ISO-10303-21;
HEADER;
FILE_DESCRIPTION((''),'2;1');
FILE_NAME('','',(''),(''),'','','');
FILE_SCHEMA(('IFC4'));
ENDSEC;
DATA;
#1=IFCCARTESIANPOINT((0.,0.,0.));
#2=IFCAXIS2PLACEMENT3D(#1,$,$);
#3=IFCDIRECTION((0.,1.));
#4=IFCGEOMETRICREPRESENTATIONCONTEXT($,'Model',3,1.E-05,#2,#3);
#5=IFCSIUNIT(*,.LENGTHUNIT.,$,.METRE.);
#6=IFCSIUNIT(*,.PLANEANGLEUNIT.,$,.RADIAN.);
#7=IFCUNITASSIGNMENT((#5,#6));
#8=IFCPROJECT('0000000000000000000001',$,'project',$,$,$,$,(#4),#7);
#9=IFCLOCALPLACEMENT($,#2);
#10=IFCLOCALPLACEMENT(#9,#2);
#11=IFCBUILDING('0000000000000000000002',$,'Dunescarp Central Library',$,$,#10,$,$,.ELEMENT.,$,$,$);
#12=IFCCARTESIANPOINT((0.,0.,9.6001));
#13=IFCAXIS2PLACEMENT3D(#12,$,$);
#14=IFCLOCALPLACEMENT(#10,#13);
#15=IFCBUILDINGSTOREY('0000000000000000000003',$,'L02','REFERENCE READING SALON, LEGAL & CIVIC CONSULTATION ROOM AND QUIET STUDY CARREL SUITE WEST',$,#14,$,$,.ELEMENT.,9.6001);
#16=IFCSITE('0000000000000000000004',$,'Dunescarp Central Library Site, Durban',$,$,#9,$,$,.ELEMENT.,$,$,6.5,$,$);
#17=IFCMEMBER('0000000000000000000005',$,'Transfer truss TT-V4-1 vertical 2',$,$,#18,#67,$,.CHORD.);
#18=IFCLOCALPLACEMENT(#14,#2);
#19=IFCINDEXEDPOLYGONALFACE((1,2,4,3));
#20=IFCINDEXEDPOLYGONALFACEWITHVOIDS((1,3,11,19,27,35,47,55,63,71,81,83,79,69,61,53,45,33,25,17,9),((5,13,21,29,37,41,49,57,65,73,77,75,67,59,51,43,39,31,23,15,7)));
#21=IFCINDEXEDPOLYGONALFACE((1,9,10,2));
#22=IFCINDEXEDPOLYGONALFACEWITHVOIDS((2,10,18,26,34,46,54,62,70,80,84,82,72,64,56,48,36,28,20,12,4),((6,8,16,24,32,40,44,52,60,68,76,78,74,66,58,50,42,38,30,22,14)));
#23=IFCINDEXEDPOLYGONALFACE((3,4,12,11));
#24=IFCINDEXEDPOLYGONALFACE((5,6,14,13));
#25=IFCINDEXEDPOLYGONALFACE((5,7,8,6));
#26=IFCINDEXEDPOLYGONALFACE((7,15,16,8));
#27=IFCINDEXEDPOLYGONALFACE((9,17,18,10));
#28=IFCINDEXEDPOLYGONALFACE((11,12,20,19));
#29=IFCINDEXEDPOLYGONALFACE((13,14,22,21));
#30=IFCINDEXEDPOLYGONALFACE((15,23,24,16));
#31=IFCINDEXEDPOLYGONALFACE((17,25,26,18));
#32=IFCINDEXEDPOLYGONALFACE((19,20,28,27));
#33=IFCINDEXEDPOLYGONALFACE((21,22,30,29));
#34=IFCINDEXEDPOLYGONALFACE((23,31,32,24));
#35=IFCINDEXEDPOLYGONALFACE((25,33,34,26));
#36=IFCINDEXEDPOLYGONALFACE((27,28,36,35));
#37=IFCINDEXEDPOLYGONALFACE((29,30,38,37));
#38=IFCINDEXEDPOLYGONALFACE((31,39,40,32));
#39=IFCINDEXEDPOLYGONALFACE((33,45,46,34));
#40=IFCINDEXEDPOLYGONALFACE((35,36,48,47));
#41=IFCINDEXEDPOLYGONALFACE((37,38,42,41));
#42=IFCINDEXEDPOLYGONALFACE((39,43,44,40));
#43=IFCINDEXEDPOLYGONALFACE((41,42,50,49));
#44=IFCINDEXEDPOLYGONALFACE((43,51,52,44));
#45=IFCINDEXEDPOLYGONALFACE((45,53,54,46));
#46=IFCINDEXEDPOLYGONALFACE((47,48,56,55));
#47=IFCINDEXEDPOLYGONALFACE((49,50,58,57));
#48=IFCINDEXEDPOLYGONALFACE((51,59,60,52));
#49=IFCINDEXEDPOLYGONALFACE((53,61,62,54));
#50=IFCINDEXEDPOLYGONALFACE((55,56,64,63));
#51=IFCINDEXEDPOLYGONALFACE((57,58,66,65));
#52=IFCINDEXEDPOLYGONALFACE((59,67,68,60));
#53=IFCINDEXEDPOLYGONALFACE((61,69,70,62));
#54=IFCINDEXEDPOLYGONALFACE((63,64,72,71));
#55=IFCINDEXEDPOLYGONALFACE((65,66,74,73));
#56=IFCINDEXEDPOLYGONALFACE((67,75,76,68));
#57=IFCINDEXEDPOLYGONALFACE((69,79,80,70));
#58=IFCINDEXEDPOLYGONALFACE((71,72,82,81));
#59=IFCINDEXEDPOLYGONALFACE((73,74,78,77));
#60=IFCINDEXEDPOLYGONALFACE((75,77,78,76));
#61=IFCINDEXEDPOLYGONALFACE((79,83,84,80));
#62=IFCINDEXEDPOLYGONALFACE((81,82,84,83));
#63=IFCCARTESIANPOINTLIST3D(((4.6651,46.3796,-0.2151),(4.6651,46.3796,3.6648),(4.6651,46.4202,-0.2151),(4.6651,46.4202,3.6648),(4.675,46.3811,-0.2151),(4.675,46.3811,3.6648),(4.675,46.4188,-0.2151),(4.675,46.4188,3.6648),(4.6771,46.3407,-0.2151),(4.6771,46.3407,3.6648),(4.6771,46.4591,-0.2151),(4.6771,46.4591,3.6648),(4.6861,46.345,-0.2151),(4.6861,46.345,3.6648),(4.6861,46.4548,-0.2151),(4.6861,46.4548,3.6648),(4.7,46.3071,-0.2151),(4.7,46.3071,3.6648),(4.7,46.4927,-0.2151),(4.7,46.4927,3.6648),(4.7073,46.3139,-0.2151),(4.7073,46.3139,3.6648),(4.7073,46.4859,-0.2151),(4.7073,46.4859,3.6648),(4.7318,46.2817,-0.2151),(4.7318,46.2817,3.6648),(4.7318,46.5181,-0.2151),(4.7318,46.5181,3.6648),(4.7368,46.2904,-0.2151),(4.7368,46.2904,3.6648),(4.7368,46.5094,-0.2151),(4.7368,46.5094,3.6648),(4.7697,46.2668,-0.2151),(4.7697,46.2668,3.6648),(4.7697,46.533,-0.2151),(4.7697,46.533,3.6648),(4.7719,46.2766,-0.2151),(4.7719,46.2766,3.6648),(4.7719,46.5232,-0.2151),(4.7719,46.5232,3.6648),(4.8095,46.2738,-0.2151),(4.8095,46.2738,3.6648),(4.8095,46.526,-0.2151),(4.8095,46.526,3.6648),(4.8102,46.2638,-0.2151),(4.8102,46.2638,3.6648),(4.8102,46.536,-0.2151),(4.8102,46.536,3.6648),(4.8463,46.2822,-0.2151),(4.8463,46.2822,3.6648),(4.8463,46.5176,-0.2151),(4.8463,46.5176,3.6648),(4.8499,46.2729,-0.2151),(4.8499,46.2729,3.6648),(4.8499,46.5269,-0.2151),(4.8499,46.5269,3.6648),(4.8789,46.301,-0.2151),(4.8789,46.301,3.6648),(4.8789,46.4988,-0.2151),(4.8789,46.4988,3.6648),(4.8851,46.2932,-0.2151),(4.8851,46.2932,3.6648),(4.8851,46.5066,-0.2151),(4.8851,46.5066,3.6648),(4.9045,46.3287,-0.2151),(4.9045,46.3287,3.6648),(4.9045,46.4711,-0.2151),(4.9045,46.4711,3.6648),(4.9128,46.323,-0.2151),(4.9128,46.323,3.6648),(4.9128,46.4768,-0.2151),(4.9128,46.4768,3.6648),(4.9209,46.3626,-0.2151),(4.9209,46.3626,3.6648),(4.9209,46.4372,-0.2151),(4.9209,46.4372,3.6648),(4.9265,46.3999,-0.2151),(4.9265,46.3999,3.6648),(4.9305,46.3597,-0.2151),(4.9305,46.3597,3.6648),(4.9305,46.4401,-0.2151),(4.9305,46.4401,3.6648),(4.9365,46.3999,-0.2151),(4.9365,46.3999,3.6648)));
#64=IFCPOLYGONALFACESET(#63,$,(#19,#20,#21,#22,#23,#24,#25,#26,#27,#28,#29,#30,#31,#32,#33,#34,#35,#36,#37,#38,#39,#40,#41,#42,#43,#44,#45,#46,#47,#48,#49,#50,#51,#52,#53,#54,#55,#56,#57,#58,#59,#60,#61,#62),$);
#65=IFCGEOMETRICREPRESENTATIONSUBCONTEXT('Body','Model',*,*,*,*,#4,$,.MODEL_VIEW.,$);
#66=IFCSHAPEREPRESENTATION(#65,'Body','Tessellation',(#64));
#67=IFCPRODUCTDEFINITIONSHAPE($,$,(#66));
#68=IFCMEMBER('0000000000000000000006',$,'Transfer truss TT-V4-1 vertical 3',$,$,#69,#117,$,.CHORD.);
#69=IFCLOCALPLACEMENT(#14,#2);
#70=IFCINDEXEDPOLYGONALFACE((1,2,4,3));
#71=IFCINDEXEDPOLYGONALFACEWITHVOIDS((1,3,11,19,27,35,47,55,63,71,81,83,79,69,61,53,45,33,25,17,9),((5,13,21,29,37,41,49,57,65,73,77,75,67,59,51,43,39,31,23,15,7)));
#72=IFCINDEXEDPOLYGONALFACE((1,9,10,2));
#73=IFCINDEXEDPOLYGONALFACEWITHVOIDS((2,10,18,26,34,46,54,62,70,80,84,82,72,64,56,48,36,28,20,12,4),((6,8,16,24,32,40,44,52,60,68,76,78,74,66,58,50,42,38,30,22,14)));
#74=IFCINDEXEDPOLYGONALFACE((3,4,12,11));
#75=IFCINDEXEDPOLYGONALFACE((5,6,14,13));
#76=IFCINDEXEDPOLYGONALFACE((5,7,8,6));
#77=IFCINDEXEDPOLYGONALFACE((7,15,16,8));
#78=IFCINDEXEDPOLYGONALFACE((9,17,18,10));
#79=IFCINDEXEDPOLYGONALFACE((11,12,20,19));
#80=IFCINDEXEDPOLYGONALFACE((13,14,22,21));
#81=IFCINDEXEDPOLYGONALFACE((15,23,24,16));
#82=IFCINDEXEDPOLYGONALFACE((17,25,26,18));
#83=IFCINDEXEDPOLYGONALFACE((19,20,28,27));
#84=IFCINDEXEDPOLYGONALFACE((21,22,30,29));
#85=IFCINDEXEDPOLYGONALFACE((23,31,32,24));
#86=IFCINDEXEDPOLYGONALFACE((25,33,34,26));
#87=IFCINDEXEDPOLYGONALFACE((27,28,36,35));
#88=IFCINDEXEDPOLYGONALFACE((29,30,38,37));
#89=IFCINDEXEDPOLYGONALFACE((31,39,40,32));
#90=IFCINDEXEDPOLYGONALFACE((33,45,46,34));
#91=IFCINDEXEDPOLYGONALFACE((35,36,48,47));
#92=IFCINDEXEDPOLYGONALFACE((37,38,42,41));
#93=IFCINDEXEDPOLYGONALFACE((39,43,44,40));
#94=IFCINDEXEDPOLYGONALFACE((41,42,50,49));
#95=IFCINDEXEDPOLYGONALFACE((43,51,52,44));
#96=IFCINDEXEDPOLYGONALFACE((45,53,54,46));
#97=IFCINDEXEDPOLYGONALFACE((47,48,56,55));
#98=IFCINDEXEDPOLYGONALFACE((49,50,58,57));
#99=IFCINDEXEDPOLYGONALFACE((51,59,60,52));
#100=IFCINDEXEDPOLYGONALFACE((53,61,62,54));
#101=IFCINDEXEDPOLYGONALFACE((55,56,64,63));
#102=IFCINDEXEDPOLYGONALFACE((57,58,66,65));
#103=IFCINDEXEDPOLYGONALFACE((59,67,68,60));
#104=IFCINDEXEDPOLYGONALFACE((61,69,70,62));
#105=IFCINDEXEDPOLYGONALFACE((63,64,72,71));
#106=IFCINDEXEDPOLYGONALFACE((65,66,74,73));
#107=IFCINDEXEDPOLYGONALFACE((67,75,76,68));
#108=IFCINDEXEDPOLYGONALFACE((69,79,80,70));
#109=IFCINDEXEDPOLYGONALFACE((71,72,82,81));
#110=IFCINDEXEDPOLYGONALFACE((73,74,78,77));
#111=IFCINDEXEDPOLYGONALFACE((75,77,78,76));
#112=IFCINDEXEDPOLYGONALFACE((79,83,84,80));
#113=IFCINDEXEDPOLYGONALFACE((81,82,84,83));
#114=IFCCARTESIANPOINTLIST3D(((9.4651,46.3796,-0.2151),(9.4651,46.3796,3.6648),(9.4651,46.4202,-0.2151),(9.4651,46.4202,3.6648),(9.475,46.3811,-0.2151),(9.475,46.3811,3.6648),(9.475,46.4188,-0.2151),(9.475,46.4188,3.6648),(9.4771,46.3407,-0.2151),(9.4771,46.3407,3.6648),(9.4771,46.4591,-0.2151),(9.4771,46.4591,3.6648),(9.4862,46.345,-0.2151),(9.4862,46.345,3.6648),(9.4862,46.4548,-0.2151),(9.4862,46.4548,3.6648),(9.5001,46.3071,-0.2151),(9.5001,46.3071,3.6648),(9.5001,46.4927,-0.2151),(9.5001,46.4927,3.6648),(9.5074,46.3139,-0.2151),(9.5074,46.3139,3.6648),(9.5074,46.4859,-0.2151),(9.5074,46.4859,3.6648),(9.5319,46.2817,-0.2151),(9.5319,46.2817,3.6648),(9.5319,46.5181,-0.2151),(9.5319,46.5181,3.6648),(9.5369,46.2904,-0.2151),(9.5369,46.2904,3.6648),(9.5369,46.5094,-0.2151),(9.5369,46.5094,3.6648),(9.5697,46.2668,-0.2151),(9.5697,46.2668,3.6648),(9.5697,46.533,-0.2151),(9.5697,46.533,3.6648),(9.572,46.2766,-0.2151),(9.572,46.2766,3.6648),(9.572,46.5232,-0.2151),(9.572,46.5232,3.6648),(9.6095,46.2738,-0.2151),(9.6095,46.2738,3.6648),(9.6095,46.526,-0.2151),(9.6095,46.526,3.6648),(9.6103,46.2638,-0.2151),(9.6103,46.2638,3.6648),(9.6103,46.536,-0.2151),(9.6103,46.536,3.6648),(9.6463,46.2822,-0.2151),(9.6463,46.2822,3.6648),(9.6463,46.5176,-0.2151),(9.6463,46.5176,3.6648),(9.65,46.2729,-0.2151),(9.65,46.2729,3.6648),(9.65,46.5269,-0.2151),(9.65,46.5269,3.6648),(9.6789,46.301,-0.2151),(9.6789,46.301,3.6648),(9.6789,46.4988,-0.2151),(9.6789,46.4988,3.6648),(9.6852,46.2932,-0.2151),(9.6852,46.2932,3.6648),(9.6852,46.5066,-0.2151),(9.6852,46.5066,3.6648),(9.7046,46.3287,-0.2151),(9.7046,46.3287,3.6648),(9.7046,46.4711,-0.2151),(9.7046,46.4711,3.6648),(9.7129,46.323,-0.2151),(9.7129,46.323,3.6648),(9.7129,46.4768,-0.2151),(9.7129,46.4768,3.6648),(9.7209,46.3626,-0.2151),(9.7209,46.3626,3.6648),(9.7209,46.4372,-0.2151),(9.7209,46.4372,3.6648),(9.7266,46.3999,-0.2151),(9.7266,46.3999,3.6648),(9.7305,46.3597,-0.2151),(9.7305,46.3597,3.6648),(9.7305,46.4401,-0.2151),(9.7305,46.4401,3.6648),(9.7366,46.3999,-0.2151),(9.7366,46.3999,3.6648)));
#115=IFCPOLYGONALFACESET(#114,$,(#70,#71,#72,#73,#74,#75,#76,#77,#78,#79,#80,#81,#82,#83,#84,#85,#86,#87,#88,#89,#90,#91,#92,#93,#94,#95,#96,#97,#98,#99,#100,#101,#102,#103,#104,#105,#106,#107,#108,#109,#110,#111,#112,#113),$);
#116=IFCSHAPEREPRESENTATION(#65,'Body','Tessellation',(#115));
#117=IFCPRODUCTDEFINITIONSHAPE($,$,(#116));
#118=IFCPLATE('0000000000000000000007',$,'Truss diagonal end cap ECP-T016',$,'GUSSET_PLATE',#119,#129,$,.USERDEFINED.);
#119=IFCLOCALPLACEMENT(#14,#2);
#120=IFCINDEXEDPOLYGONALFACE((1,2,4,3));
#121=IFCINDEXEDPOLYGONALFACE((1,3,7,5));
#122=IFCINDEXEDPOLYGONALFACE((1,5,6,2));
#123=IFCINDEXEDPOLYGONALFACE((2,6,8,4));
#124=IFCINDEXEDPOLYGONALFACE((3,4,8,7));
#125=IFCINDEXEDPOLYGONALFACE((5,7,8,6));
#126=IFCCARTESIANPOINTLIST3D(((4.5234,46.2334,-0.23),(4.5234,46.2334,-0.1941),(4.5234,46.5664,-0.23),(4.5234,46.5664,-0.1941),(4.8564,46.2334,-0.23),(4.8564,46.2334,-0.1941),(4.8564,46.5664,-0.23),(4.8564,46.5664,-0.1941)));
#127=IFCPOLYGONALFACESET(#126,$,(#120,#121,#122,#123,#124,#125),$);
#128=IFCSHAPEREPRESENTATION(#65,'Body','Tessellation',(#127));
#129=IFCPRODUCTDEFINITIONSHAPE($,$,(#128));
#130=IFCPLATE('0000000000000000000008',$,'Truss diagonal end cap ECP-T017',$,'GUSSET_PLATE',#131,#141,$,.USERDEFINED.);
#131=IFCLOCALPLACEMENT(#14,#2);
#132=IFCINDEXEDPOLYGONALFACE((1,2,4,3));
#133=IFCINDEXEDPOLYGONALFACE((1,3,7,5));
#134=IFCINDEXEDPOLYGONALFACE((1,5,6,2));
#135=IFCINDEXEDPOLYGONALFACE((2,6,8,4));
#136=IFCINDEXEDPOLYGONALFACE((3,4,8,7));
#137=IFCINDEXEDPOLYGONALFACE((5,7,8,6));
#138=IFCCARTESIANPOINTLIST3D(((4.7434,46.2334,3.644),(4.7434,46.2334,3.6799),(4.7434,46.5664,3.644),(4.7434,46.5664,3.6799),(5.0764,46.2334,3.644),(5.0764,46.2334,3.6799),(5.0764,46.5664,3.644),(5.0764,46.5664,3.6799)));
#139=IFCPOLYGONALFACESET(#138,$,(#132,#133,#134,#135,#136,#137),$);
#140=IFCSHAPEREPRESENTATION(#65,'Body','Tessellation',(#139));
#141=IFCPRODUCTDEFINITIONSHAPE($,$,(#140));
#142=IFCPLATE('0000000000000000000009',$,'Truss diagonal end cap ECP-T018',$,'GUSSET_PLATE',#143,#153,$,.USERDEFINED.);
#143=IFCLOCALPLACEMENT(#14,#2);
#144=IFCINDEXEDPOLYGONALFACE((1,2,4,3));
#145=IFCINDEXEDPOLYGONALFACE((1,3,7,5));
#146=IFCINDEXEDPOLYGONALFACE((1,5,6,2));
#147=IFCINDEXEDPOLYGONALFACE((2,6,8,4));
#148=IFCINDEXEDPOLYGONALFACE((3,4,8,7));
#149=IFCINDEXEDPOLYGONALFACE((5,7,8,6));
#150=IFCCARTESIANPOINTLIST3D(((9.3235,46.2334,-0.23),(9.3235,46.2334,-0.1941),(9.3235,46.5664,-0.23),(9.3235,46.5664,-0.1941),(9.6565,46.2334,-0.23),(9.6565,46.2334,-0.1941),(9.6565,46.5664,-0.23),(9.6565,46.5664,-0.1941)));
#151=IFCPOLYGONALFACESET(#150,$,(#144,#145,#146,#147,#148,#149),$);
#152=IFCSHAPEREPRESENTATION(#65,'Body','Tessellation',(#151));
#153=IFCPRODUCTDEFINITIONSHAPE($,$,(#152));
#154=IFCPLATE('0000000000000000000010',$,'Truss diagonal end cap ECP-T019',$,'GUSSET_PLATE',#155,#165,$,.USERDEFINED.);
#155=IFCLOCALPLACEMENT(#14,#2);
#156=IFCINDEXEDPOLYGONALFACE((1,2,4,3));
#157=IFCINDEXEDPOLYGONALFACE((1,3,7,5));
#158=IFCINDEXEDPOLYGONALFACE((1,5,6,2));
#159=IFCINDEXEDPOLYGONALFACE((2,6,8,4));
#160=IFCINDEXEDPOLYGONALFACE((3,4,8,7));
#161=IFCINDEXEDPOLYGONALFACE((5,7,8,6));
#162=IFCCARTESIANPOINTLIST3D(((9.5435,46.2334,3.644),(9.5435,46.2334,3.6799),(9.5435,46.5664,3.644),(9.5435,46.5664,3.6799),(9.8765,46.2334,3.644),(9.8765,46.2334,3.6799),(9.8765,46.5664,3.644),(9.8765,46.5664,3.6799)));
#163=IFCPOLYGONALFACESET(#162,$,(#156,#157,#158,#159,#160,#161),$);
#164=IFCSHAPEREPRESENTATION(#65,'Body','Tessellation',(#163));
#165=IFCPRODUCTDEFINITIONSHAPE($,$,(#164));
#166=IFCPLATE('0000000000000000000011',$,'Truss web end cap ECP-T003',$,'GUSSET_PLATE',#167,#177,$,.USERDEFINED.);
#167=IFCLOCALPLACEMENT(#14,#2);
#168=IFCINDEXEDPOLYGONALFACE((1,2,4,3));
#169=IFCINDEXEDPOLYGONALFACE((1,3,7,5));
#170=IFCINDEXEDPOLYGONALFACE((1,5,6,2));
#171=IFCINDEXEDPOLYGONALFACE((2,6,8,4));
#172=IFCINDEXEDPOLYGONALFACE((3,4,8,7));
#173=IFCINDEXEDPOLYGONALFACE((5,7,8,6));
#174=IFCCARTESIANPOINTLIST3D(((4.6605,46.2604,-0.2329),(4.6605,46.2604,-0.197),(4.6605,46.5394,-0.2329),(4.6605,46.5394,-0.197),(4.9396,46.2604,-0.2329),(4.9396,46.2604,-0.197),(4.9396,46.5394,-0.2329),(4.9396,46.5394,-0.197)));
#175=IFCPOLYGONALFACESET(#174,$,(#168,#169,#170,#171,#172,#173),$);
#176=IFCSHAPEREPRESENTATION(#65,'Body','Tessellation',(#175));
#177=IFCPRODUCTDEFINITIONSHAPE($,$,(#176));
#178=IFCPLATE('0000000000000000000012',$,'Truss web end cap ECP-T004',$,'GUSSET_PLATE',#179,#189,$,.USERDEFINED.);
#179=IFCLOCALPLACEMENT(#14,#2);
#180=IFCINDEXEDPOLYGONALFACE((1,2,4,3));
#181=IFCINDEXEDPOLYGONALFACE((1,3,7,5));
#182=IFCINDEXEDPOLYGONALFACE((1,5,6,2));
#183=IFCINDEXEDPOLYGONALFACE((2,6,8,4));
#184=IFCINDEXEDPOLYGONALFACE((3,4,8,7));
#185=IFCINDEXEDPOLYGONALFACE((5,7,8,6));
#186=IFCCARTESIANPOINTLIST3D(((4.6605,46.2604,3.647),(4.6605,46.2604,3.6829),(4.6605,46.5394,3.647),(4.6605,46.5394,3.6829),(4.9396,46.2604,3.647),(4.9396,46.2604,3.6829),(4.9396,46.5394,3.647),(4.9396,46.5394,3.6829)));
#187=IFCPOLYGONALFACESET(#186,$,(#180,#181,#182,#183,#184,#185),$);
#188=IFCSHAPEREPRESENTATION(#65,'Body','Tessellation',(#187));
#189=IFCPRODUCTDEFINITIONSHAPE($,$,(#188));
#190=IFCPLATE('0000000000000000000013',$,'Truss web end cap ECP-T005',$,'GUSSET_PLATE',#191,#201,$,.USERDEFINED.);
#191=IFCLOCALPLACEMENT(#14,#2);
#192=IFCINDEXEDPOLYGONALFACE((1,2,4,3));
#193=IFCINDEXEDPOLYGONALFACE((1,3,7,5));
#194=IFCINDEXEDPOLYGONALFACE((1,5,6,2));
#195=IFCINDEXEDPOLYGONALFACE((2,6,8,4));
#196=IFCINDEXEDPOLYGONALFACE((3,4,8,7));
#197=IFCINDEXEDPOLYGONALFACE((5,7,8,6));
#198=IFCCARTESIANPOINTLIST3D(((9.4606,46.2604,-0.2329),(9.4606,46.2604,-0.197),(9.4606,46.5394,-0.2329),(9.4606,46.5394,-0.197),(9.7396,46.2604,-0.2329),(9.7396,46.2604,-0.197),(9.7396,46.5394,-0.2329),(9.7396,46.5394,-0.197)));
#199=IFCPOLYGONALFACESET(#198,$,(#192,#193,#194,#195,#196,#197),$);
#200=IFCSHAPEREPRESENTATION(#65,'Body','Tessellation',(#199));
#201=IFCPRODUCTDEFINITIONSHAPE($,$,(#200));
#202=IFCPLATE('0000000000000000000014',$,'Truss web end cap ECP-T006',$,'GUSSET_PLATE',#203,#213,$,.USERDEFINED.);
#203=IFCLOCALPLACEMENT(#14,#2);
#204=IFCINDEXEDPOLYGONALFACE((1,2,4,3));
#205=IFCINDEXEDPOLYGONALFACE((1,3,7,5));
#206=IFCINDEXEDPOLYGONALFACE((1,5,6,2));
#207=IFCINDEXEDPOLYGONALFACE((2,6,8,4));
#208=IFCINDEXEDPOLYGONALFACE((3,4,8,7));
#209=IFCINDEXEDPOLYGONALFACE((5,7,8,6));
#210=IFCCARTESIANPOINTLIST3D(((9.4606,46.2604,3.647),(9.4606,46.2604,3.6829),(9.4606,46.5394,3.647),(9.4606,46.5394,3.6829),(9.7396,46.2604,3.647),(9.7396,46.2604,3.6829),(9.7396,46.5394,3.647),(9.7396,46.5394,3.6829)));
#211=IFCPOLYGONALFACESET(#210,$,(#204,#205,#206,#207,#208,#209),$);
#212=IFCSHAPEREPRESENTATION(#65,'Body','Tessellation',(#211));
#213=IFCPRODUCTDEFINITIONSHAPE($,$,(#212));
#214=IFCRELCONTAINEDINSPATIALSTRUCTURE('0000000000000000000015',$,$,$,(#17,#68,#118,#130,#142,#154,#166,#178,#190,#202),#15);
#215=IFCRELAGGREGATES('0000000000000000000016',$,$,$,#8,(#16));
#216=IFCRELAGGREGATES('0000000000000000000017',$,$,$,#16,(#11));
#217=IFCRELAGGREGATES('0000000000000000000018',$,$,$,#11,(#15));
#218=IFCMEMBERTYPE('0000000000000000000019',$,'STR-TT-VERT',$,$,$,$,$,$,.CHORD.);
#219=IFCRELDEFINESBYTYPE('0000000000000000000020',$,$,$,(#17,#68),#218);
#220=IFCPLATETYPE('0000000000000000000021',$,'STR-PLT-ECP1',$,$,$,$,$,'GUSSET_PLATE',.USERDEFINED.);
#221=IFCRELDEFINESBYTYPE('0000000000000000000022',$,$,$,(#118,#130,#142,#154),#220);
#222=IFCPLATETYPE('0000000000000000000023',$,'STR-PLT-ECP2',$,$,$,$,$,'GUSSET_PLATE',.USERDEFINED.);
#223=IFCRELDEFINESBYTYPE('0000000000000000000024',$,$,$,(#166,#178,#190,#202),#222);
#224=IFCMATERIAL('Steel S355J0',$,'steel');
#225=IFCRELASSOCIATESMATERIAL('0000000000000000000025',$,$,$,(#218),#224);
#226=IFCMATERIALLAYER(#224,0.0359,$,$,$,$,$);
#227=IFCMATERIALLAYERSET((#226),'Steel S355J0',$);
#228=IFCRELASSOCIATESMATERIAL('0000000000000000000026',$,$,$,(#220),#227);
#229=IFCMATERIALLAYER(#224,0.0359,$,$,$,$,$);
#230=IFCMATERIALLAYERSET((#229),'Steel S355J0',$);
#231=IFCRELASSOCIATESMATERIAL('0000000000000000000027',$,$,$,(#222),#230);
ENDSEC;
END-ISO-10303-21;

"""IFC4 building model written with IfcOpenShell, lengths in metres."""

from ifc_helpers import new_model, si_unit, direction, frame, origin, origin_2d, place, context, subcontext, project, spatial, rectangle, hollow_circle, extrude, material, layer, layer_set, material_profile, profile_set, type_object, element, save


model = new_model("IFC4")

# Units and contexts
model_context = context("Model", 3, precision=1e-05, world=origin(), true_north=direction((0.0, 1.0)))
body_context = subcontext(model_context, "Body", "Model", "MODEL_VIEW")
ifc_project = project(units=[si_unit("LENGTHUNIT", "METRE"), si_unit("PLANEANGLEUNIT", "RADIAN")], contexts=[model_context])

# Site, building, storey
site_placement = place(None, origin())
site = spatial("IfcSite", under=ifc_project, at=site_placement, Name="Dunescarp Central Library Site, Durban", CompositionType="ELEMENT", RefElevation=6.5)
building_placement = place(site_placement, origin())
building = spatial("IfcBuilding", under=site, at=building_placement, Name="Dunescarp Central Library", CompositionType="ELEMENT")
storey_placement = place(building_placement, frame((0.0, 0.0, 9.6001)))
storey = spatial("IfcBuildingStorey", under=building, at=storey_placement, Name="L02", Description="REFERENCE READING SALON, LEGAL & CIVIC CONSULTATION ROOM AND QUIET STUDY CARREL SUITE WEST", CompositionType="ELEMENT", Elevation=9.6001)

# Members
ifc_material_1 = material(Name="Steel S355J0", Category="steel")
ifc_material_profile_1 = material_profile(ifc_material_1, hollow_circle(Radius=0.1365, WallThickness=0.01, at=origin_2d()), Name="CHS 273x10")
ifc_profile_set_1 = profile_set([ifc_material_profile_1], Name="Steel S355J0")
member_type_1 = type_object("IfcMemberType", Name="STR-TT-VERT", PredefinedType="CHORD", material=ifc_profile_set_1)
for number, where, z_axis, x_axis, name in (
    (1, (4.8, 46.3999, -0.2151), (0.0, 0.0, 1.0), (1.0, 0.0, 0.0), "Transfer truss TT-V4-1 vertical 2"),
    (2, (9.6001, 46.3999, -0.2151), (0.0, 0.0, 1.0), (1.0, 0.0, 0.0), "Transfer truss TT-V4-1 vertical 3"),
):
    element("IfcMember", number, at=place(storey_placement, frame(where, z_axis=z_axis, x_axis=x_axis)), inside=storey, type_object=member_type_1, Name=name, PredefinedType="CHORD", context=body_context, shape_type="SweptSolid", body=[
        extrude(hollow_circle(Radius=0.1365, WallThickness=0.01, at=origin_2d()), origin(), (0.0, 0.0, 1.0), 3.8799),
    ])

# Plates
ifc_layer_1 = layer(ifc_material_1, 0.0359)
ifc_layer_set_1 = layer_set([ifc_layer_1], Name="Steel S355J0")
plate_type_1 = type_object("IfcPlateType", Name="STR-PLT-ECP1", ElementType="GUSSET_PLATE", PredefinedType="USERDEFINED", material=ifc_layer_set_1)
for number, where, z_axis, x_axis, name in (
    (3, (4.6899, 46.3999, -0.23), (0.0, 0.0, 1.0), (1.0, 0.0, 0.0), "Truss diagonal end cap ECP-T016"),
    (4, (4.9099, 46.3999, 3.644), (0.0, 0.0, 1.0), (1.0, 0.0, 0.0), "Truss diagonal end cap ECP-T017"),
    (5, (9.49, 46.3999, -0.23), (0.0, 0.0, 1.0), (1.0, 0.0, 0.0), "Truss diagonal end cap ECP-T018"),
    (6, (9.71, 46.3999, 3.644), (0.0, 0.0, 1.0), (1.0, 0.0, 0.0), "Truss diagonal end cap ECP-T019"),
):
    element("IfcPlate", number, at=place(storey_placement, frame(where, z_axis=z_axis, x_axis=x_axis)), inside=storey, type_object=plate_type_1, Name=name, ObjectType="GUSSET_PLATE", PredefinedType="USERDEFINED", context=body_context, shape_type="SweptSolid", body=[
        extrude(rectangle(XDim=0.333, YDim=0.333, at=origin_2d()), origin(), (0.0, 0.0, 1.0), 0.0359),
    ])
ifc_layer_2 = layer(ifc_material_1, 0.0359)
ifc_layer_set_2 = layer_set([ifc_layer_2], Name="Steel S355J0")
plate_type_2 = type_object("IfcPlateType", Name="STR-PLT-ECP2", ElementType="GUSSET_PLATE", PredefinedType="USERDEFINED", material=ifc_layer_set_2)
for number, where, z_axis, x_axis, name in (
    (7, (4.8, 46.3999, -0.2329), (0.0, 0.0, 1.0), (1.0, 0.0, 0.0), "Truss web end cap ECP-T003"),
    (8, (4.8, 46.3999, 3.647), (0.0, 0.0, 1.0), (1.0, 0.0, 0.0), "Truss web end cap ECP-T004"),
    (9, (9.6001, 46.3999, -0.2329), (0.0, 0.0, 1.0), (1.0, 0.0, 0.0), "Truss web end cap ECP-T005"),
    (10, (9.6001, 46.3999, 3.647), (0.0, 0.0, 1.0), (1.0, 0.0, 0.0), "Truss web end cap ECP-T006"),
):
    element("IfcPlate", number, at=place(storey_placement, frame(where, z_axis=z_axis, x_axis=x_axis)), inside=storey, type_object=plate_type_2, Name=name, ObjectType="GUSSET_PLATE", PredefinedType="USERDEFINED", context=body_context, shape_type="SweptSolid", body=[
        extrude(rectangle(XDim=0.2791, YDim=0.2791, at=origin_2d()), origin(), (0.0, 0.0, 1.0), 0.0359),
    ])

save(model, "model.ifc")
